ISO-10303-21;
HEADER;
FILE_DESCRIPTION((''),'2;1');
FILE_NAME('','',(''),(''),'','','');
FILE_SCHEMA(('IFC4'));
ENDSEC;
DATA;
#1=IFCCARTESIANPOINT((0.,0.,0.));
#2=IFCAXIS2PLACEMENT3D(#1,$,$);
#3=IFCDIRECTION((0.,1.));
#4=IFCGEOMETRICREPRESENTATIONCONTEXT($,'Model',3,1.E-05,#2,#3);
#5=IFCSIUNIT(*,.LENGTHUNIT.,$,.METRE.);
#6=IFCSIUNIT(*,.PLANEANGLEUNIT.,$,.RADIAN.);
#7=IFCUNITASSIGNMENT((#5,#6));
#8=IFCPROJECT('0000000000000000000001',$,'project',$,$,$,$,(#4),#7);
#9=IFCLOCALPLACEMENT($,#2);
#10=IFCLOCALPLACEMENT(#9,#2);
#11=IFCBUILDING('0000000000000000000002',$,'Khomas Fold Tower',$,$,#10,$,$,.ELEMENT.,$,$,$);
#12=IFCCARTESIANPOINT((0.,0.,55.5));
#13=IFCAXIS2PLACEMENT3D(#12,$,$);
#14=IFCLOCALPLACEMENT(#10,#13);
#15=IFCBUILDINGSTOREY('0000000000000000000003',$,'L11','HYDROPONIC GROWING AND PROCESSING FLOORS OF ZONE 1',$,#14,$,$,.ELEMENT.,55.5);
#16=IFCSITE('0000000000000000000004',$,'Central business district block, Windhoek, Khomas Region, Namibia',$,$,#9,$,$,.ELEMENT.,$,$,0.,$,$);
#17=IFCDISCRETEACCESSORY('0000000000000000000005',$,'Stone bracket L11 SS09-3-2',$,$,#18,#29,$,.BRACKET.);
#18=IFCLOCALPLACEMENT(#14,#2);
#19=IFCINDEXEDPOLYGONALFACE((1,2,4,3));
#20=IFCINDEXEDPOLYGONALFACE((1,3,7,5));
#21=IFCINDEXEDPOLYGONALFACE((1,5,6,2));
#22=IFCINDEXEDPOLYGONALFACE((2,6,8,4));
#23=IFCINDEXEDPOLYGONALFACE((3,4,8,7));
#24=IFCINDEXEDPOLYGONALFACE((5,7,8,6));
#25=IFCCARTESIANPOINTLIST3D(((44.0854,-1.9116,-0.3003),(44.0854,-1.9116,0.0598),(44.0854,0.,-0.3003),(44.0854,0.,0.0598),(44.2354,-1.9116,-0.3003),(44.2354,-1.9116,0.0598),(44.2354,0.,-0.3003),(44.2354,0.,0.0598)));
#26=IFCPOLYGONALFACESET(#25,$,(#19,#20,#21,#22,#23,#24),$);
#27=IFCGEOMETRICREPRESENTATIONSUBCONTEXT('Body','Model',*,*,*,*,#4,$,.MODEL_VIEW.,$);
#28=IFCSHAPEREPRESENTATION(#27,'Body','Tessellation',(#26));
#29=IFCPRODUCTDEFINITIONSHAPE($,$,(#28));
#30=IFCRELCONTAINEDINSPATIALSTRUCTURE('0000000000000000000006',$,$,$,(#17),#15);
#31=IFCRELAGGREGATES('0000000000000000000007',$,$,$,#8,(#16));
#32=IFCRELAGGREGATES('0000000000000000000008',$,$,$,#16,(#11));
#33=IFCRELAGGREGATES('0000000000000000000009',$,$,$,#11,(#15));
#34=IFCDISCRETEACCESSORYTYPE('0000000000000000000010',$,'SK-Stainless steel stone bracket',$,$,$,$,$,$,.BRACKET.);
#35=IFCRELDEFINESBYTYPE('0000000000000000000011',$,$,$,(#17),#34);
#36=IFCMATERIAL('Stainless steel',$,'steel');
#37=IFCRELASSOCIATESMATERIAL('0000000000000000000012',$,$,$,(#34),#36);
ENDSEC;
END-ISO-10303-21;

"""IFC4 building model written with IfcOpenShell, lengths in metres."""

from ifc_helpers import new_model, si_unit, direction, frame, origin, origin_2d, place, context, subcontext, project, spatial, rectangle, extrude, source, transform, mapped, material, type_object, element, save


model = new_model("IFC4")

# Units and contexts
model_context = context("Model", 3, precision=1e-05, world=origin(), true_north=direction((0.0, 1.0)))
body_context = subcontext(model_context, "Body", "Model", "MODEL_VIEW")
ifc_project = project(units=[si_unit("LENGTHUNIT", "METRE"), si_unit("PLANEANGLEUNIT", "RADIAN")], contexts=[model_context])

# Site, building, storey
site_placement = place(None, origin())
site = spatial("IfcSite", under=ifc_project, at=site_placement, Name="Central business district block, Windhoek, Khomas Region, Namibia", CompositionType="ELEMENT", RefElevation=0.0)
building_placement = place(site_placement, origin())
building = spatial("IfcBuilding", under=site, at=building_placement, Name="Khomas Fold Tower", CompositionType="ELEMENT")
storey_placement = place(building_placement, frame((0.0, 0.0, 55.5)))
storey = spatial("IfcBuildingStorey", under=building, at=storey_placement, Name="L11", Description="HYDROPONIC GROWING AND PROCESSING FLOORS OF ZONE 1", CompositionType="ELEMENT", Elevation=55.5)

# Discrete accessory
ifc_material_1 = material(Name="Stainless steel", Category="steel")
discrete_accessory_type = type_object("IfcDiscreteAccessoryType", Name="SK-Stainless steel stone bracket", PredefinedType="BRACKET", material=ifc_material_1)
shared_shape_1 = source(origin(), body_context, "Body", "SweptSolid", [
    extrude(rectangle(XDim=1.9116, YDim=0.1499, at=origin_2d()), origin(), (0.0, 0.0, 1.0), 0.3601),
])
discrete_accessory_placement = place(storey_placement, frame((44.1604, -0.9558, -0.3003), z_axis=(0.0, 0.0, 1.0), x_axis=(0.0, -1.0, 0.0)))
element("IfcDiscreteAccessory", 1, at=discrete_accessory_placement, inside=storey, type_object=discrete_accessory_type, Name="Stone bracket L11 SS09-3-2", PredefinedType="BRACKET", context=body_context, shape_type="MappedRepresentation", body=[
    mapped(shared_shape_1, transform((0.0, 0.0, 0.0))),
])

save(model, "model.ifc")
